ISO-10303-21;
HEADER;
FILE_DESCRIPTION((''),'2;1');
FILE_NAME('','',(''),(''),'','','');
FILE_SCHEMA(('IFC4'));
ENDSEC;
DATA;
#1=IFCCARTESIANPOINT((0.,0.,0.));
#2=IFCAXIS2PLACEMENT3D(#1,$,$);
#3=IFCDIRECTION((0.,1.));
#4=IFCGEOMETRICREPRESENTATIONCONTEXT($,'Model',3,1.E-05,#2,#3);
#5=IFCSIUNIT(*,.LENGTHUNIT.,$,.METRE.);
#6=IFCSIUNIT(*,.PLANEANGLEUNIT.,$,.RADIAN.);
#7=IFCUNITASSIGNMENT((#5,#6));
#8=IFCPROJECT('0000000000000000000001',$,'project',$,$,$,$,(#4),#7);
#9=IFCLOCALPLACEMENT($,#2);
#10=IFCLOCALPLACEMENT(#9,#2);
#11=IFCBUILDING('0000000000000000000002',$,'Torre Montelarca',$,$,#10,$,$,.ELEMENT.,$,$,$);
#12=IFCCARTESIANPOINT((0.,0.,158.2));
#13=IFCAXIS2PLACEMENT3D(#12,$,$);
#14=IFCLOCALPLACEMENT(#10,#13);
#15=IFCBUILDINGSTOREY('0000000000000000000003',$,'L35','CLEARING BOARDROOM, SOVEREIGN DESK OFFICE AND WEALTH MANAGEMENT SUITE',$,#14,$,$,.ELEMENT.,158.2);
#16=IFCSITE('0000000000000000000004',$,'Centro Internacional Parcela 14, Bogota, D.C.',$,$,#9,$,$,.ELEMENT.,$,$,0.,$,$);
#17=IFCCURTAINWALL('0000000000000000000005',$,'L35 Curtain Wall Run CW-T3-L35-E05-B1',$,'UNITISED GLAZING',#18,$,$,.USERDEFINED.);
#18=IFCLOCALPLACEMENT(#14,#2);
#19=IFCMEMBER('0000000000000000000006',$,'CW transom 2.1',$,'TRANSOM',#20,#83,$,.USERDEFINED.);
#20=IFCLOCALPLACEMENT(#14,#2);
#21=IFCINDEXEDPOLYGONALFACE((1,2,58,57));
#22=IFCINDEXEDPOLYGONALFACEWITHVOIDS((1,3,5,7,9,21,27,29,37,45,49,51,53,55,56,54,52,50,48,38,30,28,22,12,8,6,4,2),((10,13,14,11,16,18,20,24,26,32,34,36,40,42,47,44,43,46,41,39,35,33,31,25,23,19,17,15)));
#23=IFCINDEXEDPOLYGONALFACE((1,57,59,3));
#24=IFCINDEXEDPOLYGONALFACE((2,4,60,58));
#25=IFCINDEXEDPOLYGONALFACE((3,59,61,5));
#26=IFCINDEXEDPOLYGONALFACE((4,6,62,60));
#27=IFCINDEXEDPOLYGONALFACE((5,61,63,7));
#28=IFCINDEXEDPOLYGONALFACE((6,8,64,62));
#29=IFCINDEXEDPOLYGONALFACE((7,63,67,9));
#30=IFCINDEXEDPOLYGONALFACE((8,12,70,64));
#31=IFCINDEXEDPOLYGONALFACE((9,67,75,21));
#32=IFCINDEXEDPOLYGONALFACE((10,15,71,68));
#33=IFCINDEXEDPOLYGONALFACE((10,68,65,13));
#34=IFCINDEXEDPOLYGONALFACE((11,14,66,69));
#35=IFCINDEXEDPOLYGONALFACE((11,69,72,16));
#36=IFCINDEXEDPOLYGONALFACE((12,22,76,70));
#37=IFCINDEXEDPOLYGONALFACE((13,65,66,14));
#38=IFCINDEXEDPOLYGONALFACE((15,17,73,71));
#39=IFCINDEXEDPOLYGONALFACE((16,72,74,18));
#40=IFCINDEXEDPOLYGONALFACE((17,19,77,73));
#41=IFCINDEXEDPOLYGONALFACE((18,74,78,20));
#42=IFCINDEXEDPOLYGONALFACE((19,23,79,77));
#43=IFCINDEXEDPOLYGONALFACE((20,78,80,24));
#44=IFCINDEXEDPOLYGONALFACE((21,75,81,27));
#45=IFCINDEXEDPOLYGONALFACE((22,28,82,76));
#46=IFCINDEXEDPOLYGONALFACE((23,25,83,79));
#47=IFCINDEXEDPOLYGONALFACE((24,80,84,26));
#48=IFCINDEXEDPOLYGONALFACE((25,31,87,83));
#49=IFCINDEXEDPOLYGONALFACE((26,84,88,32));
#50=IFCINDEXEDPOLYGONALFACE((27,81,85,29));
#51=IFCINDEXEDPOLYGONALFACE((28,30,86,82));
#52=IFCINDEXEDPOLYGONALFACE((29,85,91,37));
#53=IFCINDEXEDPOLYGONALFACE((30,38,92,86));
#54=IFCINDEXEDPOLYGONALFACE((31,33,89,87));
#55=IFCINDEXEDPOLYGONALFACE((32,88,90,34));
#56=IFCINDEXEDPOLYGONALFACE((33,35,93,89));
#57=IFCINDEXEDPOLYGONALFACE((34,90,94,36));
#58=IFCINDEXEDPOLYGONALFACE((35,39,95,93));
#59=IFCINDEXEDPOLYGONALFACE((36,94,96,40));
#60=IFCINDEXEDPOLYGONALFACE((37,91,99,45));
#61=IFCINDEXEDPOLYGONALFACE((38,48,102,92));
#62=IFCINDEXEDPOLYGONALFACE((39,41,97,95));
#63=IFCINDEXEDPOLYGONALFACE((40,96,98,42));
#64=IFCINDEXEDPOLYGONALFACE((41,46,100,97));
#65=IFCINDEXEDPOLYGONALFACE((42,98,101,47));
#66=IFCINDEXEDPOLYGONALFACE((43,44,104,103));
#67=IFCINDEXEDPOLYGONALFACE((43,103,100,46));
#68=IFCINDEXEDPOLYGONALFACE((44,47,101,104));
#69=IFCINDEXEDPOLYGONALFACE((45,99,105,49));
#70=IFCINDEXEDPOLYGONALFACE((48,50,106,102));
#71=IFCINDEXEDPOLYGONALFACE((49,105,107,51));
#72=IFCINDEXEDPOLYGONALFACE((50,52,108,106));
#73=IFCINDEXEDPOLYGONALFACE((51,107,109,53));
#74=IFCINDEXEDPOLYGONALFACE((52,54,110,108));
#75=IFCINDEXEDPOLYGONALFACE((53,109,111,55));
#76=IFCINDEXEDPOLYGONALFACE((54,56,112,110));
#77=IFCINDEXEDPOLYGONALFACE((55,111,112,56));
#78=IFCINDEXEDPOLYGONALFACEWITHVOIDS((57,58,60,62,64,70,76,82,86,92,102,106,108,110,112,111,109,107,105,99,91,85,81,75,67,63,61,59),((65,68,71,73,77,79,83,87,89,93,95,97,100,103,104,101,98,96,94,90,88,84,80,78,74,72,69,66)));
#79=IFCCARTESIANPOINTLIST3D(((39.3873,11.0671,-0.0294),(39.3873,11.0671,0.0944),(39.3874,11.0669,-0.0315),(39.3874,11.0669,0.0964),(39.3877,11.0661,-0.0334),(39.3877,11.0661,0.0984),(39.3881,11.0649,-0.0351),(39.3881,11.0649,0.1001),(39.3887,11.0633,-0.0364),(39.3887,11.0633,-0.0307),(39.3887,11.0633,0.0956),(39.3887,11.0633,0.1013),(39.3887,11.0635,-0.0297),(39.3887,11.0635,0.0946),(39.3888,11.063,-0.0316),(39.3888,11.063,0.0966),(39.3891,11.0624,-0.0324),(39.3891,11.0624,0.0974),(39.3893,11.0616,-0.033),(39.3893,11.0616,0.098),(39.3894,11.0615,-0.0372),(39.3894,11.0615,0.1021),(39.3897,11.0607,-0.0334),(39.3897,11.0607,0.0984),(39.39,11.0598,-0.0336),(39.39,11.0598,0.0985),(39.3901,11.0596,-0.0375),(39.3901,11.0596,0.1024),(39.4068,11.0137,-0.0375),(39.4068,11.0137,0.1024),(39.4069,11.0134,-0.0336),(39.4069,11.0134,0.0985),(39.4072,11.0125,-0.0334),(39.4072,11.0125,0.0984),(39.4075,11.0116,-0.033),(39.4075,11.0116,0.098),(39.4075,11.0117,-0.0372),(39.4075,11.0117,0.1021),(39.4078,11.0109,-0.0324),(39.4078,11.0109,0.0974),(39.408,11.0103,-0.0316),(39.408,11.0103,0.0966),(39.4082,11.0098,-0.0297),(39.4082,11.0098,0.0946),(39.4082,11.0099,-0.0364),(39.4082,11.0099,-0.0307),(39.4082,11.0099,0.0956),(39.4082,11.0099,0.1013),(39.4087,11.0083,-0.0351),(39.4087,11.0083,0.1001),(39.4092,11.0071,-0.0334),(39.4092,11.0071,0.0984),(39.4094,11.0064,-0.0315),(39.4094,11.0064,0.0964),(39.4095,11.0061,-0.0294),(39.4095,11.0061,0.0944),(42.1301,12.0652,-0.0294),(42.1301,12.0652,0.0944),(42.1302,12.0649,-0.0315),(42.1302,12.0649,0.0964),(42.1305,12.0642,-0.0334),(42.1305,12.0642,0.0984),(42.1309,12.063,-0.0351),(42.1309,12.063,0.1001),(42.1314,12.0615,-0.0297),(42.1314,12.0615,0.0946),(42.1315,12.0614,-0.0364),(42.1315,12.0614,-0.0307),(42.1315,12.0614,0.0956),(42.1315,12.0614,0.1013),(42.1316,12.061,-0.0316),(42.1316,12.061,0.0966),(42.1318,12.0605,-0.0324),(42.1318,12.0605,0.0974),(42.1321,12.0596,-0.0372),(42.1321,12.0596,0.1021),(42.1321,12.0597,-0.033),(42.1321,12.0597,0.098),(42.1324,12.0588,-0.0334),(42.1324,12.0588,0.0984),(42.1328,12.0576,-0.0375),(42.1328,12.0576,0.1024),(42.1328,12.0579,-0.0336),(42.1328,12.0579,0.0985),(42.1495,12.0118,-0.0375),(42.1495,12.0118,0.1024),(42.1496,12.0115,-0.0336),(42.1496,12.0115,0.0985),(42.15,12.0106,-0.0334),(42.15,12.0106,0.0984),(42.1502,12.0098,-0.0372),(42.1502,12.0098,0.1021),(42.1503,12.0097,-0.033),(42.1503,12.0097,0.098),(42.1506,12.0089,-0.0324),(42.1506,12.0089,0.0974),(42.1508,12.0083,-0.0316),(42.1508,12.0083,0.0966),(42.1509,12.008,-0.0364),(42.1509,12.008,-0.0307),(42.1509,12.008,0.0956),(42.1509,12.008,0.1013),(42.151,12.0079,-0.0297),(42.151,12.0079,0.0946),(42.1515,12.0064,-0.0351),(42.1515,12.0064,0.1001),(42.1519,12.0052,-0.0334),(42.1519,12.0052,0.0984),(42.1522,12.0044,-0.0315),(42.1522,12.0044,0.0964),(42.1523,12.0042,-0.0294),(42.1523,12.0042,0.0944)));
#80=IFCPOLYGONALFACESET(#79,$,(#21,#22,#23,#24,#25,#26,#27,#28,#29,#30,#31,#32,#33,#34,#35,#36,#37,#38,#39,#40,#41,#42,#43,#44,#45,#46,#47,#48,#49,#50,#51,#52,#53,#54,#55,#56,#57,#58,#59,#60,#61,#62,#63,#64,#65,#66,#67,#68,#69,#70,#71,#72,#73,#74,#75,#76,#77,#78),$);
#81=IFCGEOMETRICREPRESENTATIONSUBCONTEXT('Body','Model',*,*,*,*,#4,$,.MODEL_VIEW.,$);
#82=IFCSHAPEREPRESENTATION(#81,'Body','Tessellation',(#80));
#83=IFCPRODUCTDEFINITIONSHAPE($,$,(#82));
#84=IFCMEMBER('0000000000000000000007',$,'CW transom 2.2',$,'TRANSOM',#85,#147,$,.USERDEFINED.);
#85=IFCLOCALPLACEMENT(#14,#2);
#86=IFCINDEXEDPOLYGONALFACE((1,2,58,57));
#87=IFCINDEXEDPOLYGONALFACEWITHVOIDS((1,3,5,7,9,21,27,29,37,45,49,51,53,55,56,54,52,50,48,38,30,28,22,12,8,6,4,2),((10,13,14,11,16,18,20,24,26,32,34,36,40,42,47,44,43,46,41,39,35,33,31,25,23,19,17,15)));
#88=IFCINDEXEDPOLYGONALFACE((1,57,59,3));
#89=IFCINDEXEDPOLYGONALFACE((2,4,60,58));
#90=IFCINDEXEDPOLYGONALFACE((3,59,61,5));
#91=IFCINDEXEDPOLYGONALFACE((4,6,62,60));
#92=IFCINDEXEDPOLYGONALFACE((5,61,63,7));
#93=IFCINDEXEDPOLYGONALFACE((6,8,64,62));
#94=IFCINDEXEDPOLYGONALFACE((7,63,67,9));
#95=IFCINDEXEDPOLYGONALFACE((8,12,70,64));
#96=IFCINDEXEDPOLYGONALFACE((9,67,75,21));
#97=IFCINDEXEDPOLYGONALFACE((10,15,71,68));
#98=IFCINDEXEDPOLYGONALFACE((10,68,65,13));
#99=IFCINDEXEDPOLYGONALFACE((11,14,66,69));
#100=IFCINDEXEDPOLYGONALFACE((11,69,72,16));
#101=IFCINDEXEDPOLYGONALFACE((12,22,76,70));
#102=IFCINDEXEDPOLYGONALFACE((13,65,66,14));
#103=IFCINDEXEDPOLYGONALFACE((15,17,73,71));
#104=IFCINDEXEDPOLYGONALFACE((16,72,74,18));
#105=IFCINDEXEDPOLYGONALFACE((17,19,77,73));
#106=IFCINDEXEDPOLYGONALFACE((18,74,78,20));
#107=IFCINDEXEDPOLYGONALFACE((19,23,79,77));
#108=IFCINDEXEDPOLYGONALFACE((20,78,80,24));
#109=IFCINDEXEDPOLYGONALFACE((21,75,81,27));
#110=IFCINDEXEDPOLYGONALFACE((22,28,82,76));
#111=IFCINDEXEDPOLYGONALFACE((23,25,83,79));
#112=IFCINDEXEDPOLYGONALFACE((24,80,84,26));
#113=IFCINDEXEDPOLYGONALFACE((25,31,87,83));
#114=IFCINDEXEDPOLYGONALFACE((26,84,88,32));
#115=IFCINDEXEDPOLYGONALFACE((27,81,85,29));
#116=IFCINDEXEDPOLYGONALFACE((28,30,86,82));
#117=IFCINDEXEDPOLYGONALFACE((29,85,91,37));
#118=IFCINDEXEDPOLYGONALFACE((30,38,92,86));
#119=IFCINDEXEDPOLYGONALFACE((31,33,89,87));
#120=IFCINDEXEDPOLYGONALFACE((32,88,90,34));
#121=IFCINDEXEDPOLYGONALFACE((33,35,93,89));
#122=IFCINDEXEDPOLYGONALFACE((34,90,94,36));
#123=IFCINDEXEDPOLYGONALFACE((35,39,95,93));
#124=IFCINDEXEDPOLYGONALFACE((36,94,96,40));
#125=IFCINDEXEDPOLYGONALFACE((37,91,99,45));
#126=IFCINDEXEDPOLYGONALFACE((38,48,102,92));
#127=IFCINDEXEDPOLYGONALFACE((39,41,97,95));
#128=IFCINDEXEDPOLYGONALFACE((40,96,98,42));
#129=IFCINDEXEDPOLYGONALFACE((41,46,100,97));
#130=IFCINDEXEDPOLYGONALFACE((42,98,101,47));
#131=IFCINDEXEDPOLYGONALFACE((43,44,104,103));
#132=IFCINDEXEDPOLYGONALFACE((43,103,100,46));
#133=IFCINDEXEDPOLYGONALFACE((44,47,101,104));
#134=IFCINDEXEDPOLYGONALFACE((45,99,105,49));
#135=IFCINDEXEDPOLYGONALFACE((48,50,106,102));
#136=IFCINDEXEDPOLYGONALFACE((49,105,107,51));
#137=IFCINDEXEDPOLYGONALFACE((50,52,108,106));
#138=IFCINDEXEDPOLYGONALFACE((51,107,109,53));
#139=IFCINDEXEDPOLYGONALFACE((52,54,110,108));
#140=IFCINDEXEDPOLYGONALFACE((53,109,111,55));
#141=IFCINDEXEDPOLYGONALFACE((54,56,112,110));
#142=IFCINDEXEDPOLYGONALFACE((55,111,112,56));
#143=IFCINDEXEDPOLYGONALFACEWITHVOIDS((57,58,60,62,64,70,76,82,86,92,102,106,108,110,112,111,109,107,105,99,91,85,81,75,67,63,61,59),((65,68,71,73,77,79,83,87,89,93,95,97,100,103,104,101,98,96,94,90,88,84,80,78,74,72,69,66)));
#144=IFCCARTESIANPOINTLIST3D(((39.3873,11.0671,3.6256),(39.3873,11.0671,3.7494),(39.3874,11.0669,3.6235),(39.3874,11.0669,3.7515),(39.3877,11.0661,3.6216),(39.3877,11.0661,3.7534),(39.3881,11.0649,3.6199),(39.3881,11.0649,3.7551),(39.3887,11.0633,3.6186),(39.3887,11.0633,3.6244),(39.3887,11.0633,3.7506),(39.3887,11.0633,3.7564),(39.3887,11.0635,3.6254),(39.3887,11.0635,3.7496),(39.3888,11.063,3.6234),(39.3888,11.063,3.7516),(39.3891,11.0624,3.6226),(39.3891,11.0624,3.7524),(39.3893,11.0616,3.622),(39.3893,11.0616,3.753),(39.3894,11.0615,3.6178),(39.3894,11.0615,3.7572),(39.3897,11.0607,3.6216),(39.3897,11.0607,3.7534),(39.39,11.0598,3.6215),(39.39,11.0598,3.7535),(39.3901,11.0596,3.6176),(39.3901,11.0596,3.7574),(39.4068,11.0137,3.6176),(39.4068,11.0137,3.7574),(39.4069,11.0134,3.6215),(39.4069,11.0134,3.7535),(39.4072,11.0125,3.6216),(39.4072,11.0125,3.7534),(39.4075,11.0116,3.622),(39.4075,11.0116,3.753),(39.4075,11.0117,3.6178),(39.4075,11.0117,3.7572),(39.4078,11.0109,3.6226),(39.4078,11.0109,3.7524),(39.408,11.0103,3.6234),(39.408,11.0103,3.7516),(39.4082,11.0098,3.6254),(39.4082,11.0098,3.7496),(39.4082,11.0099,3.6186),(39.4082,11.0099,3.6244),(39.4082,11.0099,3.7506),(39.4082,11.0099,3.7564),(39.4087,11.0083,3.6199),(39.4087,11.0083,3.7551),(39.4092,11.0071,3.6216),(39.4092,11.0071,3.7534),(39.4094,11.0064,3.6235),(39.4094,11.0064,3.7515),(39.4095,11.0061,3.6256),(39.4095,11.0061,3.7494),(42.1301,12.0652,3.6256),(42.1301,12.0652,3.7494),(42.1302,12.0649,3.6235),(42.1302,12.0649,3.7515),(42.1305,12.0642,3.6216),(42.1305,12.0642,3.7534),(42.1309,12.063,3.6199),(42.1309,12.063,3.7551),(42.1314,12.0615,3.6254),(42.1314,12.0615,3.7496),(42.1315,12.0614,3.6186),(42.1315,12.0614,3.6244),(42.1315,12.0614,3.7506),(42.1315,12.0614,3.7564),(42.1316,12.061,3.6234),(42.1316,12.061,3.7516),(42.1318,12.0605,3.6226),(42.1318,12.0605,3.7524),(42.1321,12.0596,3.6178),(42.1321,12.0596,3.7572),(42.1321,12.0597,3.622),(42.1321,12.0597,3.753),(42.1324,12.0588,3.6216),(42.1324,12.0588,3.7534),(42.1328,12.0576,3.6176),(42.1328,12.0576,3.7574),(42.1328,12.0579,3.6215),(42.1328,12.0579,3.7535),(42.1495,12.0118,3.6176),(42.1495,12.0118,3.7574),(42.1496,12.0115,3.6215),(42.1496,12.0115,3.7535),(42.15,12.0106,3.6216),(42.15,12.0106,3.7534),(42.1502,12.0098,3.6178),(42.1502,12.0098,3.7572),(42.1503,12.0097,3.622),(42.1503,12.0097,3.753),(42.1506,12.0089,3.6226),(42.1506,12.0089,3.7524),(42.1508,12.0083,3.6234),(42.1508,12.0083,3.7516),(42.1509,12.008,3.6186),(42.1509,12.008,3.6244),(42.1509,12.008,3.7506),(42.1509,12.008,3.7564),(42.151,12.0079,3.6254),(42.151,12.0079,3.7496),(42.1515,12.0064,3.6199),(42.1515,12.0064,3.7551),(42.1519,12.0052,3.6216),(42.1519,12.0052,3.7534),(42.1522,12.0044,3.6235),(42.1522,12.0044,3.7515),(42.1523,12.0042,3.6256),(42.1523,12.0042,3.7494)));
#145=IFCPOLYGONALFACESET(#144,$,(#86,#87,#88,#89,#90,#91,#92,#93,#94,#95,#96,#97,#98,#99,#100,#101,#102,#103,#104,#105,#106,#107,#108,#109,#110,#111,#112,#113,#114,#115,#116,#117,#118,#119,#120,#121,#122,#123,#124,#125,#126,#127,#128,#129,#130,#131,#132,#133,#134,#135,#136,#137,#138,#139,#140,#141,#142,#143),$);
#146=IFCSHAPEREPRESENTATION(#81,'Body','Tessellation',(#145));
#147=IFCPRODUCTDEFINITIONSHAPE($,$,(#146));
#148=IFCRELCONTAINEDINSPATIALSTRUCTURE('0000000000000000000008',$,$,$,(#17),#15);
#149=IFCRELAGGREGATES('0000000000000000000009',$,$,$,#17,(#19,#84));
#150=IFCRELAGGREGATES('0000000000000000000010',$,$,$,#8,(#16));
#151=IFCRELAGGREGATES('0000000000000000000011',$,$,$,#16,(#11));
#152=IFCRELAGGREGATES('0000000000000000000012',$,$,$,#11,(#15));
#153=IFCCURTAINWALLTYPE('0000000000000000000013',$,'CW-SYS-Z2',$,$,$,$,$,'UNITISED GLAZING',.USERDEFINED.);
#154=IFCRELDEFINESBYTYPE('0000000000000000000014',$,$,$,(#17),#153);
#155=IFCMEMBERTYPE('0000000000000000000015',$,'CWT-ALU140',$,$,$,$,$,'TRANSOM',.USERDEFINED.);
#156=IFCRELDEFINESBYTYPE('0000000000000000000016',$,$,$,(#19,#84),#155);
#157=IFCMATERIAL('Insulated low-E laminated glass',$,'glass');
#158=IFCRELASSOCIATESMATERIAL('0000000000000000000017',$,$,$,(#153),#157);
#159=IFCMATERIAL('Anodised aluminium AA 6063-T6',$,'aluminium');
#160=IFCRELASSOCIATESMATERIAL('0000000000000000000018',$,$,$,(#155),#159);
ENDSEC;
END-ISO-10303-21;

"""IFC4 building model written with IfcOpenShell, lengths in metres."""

from ifc_helpers import new_model, si_unit, direction, frame, origin, origin_2d, place, context, subcontext, project, spatial, hollow_rectangle, extrude, source, transform, mapped, material, material_profile, profile_set, type_object, element, aggregate, save


model = new_model("IFC4")

# Units and contexts
model_context = context("Model", 3, precision=1e-05, world=origin(), true_north=direction((0.0, 1.0)))
body_context = subcontext(model_context, "Body", "Model", "MODEL_VIEW")
ifc_project = project(units=[si_unit("LENGTHUNIT", "METRE"), si_unit("PLANEANGLEUNIT", "RADIAN")], contexts=[model_context])

# Site, building, storey
site_placement = place(None, origin())
site = spatial("IfcSite", under=ifc_project, at=site_placement, Name="Centro Internacional Parcela 14, Bogota, D.C.", CompositionType="ELEMENT", RefElevation=0.0)
building_placement = place(site_placement, origin())
building = spatial("IfcBuilding", under=site, at=building_placement, Name="Torre Montelarca", CompositionType="ELEMENT")
storey_placement = place(building_placement, frame((0.0, 0.0, 158.2)))
storey = spatial("IfcBuildingStorey", under=building, at=storey_placement, Name="L35", Description="CLEARING BOARDROOM, SOVEREIGN DESK OFFICE AND WEALTH MANAGEMENT SUITE", CompositionType="ELEMENT", Elevation=158.2)

# Curtain wall, members
ifc_material_1 = material(Name="Insulated low-E laminated glass", Category="glass")
curtain_wall_type = type_object("IfcCurtainWallType", Name="CW-SYS-Z2", ElementType="UNITISED GLAZING", PredefinedType="USERDEFINED", material=ifc_material_1)
curtain_wall_1_placement = place(storey_placement, origin())
curtain_wall_1 = element("IfcCurtainWall", 1, at=curtain_wall_1_placement, inside=storey, type_object=curtain_wall_type, Name="L35 Curtain Wall Run CW-T3-L35-E05-B1", ObjectType="UNITISED GLAZING", PredefinedType="USERDEFINED")
ifc_material_2 = material(Name="Anodised aluminium AA 6063-T6", Category="aluminium")
ifc_material_profile_1 = material_profile(ifc_material_2, hollow_rectangle(XDim=0.0649, YDim=0.1399, WallThickness=0.0039, InnerFilletRadius=0.0039, OuterFilletRadius=0.0081, at=origin_2d()), Name="ALU65X140X4", Category="aluminium")
ifc_profile_set_1 = profile_set([ifc_material_profile_1], Name="Anodised aluminium AA 6063-T6")
member_type_1 = type_object("IfcMemberType", Name="CWT-ALU140", ElementType="TRANSOM", PredefinedType="USERDEFINED", material=ifc_profile_set_1)
shared_shape_1 = source(origin(), body_context, "Body", "SweptSolid", [
    extrude(hollow_rectangle(XDim=0.0649, YDim=0.1399, WallThickness=0.0039, InnerFilletRadius=0.0039, OuterFilletRadius=0.0081, at=origin_2d()), origin(), (0.0, 0.0, 1.0), 2.9187),
])
member_1_placement = place(storey_placement, frame((39.3984, 11.0366, 0.0325), z_axis=(0.939715, 0.341958, 0.0), x_axis=(-0.341958, 0.939715, 0.0)))
member_1 = element("IfcMember", 2, at=member_1_placement, type_object=member_type_1, Name="CW transom 2.1", ObjectType="TRANSOM", PredefinedType="USERDEFINED", context=body_context, shape_type="MappedRepresentation", body=[
    mapped(shared_shape_1, transform((0.0, 0.0, 0.0), scale=1.0)),
])
member_2_placement = place(storey_placement, frame((39.3984, 11.0366, 3.6875), z_axis=(0.939715, 0.341958, 0.0), x_axis=(-0.341958, 0.939715, 0.0)))
member_2 = element("IfcMember", 3, at=member_2_placement, type_object=member_type_1, Name="CW transom 2.2", ObjectType="TRANSOM", PredefinedType="USERDEFINED", context=body_context, shape_type="MappedRepresentation", body=[
    mapped(shared_shape_1, transform((0.0, 0.0, 0.0), scale=1.0)),
])

aggregate(curtain_wall_1, [member_1, member_2])

save(model, "model.ifc")
